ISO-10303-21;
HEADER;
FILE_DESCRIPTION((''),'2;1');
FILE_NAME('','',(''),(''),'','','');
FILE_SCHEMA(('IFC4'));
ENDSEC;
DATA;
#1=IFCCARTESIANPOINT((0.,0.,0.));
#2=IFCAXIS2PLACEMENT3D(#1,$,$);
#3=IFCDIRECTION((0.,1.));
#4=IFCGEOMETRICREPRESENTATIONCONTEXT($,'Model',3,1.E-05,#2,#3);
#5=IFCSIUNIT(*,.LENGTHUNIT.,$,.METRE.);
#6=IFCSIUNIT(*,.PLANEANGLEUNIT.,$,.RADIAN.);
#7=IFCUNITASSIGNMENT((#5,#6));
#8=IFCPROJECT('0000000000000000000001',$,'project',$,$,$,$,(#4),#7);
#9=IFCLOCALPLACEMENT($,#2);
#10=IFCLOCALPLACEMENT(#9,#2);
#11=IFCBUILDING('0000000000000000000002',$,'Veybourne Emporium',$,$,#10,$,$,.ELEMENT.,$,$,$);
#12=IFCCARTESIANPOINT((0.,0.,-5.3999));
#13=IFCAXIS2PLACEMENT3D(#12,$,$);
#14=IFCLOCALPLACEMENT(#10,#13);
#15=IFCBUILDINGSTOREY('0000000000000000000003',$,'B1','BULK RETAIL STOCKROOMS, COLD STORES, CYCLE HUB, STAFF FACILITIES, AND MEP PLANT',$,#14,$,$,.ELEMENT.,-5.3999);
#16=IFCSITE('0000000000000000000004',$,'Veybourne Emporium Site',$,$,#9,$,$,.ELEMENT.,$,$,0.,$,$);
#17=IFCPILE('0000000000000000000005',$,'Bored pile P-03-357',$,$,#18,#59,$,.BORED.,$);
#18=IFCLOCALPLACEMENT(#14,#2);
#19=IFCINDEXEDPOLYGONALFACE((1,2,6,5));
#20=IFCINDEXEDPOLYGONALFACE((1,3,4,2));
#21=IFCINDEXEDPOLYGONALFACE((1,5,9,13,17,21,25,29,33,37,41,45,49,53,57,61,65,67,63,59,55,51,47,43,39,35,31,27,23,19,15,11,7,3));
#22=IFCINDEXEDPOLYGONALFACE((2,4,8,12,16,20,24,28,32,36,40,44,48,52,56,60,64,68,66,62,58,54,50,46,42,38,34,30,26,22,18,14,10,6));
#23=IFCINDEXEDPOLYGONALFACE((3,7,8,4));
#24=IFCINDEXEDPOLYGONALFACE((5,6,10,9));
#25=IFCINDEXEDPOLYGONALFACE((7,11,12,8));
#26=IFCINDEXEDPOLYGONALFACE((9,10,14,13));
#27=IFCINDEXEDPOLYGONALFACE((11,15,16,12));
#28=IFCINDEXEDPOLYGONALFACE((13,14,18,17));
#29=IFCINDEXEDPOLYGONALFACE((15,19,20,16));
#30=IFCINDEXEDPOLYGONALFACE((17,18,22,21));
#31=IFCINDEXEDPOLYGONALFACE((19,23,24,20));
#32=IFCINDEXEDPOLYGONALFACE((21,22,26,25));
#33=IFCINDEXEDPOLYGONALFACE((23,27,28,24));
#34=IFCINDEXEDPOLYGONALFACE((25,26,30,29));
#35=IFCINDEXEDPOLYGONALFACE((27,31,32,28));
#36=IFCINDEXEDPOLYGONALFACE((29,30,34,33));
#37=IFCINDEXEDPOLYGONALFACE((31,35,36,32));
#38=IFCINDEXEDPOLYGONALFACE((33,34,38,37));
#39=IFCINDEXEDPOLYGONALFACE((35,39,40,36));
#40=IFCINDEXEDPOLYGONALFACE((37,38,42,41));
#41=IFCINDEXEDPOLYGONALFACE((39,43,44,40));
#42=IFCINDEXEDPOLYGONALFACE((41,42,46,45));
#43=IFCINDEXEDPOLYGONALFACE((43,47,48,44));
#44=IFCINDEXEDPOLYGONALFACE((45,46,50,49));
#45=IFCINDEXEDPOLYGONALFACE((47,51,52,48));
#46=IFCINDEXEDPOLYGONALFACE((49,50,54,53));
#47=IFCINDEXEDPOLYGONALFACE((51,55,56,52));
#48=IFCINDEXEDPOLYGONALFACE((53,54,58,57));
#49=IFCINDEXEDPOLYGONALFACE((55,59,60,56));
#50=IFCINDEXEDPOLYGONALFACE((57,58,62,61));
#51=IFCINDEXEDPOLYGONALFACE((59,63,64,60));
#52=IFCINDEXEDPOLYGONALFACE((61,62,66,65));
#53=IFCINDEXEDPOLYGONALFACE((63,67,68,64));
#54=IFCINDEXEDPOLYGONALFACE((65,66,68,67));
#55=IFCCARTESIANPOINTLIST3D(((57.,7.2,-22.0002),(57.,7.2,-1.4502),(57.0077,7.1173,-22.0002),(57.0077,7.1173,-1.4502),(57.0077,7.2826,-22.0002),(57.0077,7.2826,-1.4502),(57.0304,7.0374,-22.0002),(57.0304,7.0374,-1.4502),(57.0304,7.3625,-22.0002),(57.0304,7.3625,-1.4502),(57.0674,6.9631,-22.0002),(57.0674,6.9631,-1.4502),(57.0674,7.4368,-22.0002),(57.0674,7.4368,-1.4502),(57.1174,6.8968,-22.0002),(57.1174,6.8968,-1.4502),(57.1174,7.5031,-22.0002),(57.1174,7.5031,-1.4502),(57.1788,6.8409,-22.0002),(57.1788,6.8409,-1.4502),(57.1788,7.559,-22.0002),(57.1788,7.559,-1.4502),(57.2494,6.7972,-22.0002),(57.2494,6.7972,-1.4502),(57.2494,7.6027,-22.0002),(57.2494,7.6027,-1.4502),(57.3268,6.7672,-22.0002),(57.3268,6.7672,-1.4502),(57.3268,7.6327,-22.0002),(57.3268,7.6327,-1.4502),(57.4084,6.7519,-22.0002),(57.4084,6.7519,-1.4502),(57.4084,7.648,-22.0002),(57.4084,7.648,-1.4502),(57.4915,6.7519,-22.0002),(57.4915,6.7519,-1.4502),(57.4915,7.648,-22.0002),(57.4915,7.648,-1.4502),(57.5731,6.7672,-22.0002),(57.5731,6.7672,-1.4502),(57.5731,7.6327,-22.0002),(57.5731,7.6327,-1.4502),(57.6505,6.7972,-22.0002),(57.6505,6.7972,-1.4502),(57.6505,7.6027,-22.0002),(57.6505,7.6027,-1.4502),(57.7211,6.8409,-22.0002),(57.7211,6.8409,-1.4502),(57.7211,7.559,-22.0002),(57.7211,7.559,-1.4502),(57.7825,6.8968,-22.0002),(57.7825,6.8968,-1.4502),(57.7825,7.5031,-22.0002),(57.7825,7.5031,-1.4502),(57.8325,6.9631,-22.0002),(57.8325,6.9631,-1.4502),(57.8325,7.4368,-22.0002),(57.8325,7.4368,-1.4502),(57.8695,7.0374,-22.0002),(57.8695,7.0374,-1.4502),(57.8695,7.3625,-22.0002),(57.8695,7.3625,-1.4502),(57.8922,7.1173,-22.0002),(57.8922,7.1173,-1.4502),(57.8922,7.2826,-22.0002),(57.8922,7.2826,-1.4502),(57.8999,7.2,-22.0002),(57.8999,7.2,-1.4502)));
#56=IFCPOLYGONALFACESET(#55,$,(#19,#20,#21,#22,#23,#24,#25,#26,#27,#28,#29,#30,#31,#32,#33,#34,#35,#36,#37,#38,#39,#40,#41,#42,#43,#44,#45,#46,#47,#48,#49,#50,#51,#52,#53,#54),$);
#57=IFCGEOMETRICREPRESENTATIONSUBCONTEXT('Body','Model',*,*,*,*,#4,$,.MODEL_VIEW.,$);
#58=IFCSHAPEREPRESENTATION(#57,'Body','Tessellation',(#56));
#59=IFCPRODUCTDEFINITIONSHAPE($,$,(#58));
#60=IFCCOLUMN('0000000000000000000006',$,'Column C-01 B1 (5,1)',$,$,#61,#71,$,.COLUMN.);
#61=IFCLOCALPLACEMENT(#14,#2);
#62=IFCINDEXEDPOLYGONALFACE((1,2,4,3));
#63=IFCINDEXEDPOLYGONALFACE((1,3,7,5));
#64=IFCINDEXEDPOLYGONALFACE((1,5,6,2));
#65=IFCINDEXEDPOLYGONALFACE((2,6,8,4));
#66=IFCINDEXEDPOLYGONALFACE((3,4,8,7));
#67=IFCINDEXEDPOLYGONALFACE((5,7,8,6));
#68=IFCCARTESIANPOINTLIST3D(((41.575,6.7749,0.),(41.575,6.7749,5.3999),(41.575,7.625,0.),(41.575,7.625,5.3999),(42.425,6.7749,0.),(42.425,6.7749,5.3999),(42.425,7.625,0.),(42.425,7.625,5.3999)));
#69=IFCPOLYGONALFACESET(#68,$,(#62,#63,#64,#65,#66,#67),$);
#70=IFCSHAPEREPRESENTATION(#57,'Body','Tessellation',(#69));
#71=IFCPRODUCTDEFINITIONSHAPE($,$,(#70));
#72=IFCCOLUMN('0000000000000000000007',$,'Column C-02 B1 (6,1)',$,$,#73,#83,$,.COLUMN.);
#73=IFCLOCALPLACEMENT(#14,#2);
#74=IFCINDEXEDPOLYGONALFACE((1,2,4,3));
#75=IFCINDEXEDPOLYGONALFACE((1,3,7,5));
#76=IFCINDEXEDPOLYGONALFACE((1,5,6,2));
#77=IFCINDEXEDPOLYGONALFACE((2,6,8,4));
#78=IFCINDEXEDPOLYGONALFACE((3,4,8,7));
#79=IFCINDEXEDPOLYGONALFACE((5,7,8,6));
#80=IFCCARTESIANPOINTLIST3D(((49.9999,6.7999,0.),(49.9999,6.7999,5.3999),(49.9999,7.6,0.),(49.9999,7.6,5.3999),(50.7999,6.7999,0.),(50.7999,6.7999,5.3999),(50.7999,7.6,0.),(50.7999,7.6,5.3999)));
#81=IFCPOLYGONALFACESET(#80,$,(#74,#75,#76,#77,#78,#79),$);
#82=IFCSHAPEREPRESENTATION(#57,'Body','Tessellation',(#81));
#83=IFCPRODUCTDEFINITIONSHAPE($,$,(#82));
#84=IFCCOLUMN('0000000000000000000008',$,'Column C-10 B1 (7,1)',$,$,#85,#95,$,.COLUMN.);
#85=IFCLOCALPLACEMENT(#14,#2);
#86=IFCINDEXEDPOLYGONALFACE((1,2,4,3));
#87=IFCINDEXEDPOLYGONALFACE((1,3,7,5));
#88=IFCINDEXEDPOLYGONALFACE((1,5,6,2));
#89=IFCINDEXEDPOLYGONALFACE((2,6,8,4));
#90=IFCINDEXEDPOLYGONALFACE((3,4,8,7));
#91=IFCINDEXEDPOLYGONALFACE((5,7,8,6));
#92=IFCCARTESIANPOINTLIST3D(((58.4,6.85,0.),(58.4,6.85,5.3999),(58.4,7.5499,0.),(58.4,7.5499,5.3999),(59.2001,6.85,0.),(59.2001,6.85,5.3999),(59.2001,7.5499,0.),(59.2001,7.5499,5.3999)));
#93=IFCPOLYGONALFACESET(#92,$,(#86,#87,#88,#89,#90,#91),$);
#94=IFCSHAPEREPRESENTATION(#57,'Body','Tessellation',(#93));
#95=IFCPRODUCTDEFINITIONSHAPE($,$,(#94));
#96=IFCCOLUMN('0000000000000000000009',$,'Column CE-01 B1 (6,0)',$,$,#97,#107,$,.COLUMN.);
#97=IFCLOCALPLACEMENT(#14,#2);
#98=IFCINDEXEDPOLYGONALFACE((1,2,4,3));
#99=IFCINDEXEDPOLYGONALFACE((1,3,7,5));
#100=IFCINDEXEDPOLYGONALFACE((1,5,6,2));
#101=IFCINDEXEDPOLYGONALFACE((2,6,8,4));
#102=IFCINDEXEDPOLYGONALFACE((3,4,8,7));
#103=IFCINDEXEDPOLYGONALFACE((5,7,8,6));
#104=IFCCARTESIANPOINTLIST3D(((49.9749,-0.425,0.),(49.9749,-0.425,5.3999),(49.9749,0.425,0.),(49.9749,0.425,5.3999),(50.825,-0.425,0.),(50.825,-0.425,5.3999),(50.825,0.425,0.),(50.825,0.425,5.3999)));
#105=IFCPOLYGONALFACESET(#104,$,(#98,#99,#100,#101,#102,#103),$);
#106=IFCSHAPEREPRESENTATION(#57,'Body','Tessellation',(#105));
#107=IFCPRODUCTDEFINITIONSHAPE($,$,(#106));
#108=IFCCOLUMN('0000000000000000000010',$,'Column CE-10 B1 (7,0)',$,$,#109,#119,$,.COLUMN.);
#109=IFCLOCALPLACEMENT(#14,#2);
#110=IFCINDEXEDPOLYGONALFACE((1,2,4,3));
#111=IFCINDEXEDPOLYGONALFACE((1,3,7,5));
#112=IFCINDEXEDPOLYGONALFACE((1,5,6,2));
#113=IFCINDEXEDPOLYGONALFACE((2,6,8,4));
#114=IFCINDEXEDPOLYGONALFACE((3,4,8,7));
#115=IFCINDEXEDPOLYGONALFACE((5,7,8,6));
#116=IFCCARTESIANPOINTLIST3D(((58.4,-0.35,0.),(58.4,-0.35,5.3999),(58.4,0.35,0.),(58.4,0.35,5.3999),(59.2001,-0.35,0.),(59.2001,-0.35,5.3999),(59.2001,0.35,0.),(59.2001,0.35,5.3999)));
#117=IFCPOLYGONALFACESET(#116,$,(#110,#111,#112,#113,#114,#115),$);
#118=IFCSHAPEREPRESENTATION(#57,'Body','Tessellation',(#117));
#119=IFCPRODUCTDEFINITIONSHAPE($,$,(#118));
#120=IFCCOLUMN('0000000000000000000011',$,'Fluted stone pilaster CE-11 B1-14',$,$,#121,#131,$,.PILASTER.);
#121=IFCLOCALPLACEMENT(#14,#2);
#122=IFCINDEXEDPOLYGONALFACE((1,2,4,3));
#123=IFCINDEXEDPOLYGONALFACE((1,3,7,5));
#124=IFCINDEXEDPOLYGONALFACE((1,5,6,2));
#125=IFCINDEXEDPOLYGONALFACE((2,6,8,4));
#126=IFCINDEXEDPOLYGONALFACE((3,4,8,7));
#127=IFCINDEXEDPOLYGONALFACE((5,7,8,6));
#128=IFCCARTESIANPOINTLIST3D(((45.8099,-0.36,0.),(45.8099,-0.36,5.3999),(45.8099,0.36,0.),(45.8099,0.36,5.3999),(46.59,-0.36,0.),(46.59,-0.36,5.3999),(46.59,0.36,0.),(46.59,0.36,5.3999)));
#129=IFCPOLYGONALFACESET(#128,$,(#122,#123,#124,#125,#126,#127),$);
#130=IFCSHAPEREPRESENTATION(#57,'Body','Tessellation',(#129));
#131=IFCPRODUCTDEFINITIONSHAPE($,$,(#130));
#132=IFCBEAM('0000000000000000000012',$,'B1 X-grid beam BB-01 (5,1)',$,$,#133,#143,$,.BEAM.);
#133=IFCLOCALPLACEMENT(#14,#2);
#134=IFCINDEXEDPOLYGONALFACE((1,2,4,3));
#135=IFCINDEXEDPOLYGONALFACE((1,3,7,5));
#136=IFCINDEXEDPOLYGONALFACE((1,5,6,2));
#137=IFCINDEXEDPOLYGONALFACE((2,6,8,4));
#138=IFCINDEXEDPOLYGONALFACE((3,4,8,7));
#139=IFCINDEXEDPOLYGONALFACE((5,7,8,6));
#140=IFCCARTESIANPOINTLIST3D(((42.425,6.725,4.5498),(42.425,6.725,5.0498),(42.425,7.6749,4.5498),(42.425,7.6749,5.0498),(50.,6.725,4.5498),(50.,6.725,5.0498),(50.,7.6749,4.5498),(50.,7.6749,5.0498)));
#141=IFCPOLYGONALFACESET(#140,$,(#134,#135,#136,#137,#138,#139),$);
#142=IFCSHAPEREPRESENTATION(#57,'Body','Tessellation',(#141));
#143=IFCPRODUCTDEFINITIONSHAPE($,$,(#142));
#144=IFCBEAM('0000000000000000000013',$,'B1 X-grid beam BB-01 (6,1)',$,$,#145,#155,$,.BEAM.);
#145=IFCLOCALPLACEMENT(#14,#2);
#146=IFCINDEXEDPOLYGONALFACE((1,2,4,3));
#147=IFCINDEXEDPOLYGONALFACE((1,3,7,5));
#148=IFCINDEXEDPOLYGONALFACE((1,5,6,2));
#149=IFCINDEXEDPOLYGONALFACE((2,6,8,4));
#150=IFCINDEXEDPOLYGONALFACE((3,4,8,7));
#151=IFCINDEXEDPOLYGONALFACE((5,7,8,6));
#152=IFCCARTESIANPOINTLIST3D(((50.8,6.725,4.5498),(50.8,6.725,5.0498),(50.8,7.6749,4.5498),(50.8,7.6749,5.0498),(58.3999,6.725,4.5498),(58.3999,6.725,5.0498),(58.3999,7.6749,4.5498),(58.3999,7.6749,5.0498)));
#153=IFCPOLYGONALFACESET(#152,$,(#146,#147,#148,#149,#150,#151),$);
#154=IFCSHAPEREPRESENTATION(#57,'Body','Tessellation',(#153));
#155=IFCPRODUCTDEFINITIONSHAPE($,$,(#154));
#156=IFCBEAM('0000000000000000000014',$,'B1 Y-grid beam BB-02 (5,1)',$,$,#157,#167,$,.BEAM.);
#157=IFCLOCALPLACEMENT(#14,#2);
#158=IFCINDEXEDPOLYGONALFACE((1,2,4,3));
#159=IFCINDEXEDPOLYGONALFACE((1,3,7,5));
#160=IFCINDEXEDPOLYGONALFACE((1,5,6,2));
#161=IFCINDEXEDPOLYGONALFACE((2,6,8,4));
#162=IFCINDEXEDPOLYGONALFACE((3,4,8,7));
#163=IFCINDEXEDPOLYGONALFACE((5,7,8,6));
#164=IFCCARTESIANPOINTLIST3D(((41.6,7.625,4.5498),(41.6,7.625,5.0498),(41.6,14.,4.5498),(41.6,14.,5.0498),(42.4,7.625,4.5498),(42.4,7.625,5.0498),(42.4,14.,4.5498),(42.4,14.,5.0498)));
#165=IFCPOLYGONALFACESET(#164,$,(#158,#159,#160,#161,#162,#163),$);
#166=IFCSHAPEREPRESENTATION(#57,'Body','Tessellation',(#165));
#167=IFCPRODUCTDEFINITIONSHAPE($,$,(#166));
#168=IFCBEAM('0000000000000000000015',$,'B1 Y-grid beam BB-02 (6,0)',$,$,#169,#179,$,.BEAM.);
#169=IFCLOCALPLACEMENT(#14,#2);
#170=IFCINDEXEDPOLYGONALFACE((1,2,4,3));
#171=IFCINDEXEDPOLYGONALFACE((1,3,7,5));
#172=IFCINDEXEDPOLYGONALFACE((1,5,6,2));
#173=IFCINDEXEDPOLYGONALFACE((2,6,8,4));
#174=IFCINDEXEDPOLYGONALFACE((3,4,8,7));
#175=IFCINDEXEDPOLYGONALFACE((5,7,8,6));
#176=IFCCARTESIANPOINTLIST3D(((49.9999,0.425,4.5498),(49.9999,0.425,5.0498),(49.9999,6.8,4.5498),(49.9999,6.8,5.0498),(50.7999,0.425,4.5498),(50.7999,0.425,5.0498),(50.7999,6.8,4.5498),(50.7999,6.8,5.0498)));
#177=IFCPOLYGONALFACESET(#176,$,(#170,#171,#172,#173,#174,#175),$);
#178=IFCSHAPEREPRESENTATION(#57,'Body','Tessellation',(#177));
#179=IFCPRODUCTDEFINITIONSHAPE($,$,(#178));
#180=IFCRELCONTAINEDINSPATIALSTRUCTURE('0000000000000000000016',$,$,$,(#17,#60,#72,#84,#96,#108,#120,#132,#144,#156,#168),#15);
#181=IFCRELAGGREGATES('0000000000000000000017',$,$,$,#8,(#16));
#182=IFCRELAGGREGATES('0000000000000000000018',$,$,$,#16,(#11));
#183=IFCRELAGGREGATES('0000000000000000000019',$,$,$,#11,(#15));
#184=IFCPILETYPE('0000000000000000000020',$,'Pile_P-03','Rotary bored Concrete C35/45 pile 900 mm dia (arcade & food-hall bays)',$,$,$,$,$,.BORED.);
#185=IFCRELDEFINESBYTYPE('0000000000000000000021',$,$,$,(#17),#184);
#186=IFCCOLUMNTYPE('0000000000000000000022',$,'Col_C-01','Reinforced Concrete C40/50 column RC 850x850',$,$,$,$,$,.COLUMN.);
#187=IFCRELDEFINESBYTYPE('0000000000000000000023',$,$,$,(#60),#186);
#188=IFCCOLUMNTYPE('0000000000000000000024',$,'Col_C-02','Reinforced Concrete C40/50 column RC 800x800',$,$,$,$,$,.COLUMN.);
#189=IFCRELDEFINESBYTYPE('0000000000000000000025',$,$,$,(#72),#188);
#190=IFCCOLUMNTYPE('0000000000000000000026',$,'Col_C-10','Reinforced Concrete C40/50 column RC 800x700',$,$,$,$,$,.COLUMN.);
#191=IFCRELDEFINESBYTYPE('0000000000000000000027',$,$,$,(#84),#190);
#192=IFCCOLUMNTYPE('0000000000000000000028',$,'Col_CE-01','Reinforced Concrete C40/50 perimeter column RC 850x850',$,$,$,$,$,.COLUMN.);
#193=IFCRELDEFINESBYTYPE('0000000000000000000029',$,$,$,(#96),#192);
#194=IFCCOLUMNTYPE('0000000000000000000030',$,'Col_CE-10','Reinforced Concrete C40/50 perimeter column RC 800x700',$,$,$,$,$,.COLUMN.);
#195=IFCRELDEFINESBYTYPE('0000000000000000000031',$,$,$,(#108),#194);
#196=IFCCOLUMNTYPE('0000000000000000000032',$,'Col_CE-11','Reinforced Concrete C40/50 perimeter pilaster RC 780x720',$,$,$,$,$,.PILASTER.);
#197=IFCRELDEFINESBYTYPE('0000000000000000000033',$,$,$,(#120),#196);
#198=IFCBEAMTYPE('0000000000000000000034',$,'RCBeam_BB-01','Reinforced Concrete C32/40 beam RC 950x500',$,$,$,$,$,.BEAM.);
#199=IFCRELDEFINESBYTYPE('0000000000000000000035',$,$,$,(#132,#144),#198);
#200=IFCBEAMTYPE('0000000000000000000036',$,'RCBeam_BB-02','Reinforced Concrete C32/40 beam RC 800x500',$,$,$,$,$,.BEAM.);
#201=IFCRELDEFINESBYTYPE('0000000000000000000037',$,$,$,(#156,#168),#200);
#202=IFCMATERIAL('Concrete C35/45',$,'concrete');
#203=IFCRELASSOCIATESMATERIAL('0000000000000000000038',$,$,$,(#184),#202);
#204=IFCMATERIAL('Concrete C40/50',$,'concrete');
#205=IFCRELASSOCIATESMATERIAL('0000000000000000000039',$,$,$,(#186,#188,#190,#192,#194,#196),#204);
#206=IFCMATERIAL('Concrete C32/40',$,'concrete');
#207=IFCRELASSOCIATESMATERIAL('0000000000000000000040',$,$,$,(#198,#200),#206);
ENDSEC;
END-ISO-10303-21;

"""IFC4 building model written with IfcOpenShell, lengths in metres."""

from ifc_helpers import new_model, si_unit, direction, frame, origin, origin_2d, place, context, subcontext, project, spatial, rectangle, circle, extrude, material, material_profile, profile_set, type_object, element, save


model = new_model("IFC4")

# Units and contexts
model_context = context("Model", 3, precision=1e-05, world=origin(), true_north=direction((0.0, 1.0)))
body_context = subcontext(model_context, "Body", "Model", "MODEL_VIEW")
ifc_project = project(units=[si_unit("LENGTHUNIT", "METRE"), si_unit("PLANEANGLEUNIT", "RADIAN")], contexts=[model_context])

# Site, building, storey
site_placement = place(None, origin())
site = spatial("IfcSite", under=ifc_project, at=site_placement, Name="Veybourne Emporium Site", CompositionType="ELEMENT", RefElevation=0.0)
building_placement = place(site_placement, origin())
building = spatial("IfcBuilding", under=site, at=building_placement, Name="Veybourne Emporium", CompositionType="ELEMENT")
storey_placement = place(building_placement, frame((0.0, 0.0, -5.3999)))
storey = spatial("IfcBuildingStorey", under=building, at=storey_placement, Name="B1", Description="BULK RETAIL STOCKROOMS, COLD STORES, CYCLE HUB, STAFF FACILITIES, AND MEP PLANT", CompositionType="ELEMENT", Elevation=-5.3999)

# Shared definitions
ifc_material_1 = material(Name="Concrete C35/45", Category="concrete")

# Pile
ifc_material_profile_1 = material_profile(ifc_material_1, circle(Radius=0.45, at=origin_2d()), Name="BORED PILE 900")
ifc_profile_set_1 = profile_set([ifc_material_profile_1], Name="Concrete C35/45")
pile_type_1 = type_object("IfcPileType", Name="Pile_P-03", Description="Rotary bored Concrete C35/45 pile 900 mm dia (arcade & food-hall bays)", PredefinedType="BORED", material=ifc_profile_set_1)
for number, where, z_axis, x_axis, name in (
    (1, (57.45, 7.2, -1.4502), (0.0, 0.0, -1.0), (1.0, 0.0, 0.0), "Bored pile P-03-357"),
):
    element("IfcPile", number, at=place(storey_placement, frame(where, z_axis=z_axis, x_axis=x_axis)), inside=storey, type_object=pile_type_1, Name=name, PredefinedType="BORED", context=body_context, shape_type="SweptSolid", body=[
        extrude(circle(Radius=0.45, at=origin_2d()), origin(), (0.0, 0.0, 1.0), 20.55),
    ])

# Columns
ifc_material_2 = material(Name="Concrete C40/50", Category="concrete")
ifc_material_profile_2 = material_profile(ifc_material_2, rectangle(XDim=0.8501, YDim=0.8501, at=origin_2d()), Name="RC 850x850")
ifc_profile_set_2 = profile_set([ifc_material_profile_2], Name="Concrete C40/50")
column_type_1 = type_object("IfcColumnType", Name="Col_C-01", Description="Reinforced Concrete C40/50 column RC 850x850", PredefinedType="COLUMN", material=ifc_profile_set_2)
column_1_placement = place(storey_placement, frame((42.0, 7.2, 0.0), z_axis=(0.0, 0.0, 1.0), x_axis=(1.0, 0.0, 0.0)))
element("IfcColumn", 2, at=column_1_placement, inside=storey, type_object=column_type_1, Name="Column C-01 B1 (5,1)", PredefinedType="COLUMN", context=body_context, shape_type="SweptSolid", body=[
    extrude(rectangle(XDim=0.8501, YDim=0.8501, at=origin_2d()), origin(), (0.0, 0.0, 1.0), 5.3999),
])
ifc_material_profile_3 = material_profile(ifc_material_2, rectangle(XDim=0.8, YDim=0.8, at=origin_2d()), Name="RC 800x800")
ifc_profile_set_3 = profile_set([ifc_material_profile_3], Name="Concrete C40/50")
column_type_2 = type_object("IfcColumnType", Name="Col_C-02", Description="Reinforced Concrete C40/50 column RC 800x800", PredefinedType="COLUMN", material=ifc_profile_set_3)
column_2_placement = place(storey_placement, frame((50.3999, 7.2, 0.0), z_axis=(0.0, 0.0, 1.0), x_axis=(1.0, 0.0, 0.0)))
element("IfcColumn", 3, at=column_2_placement, inside=storey, type_object=column_type_2, Name="Column C-02 B1 (6,1)", PredefinedType="COLUMN", context=body_context, shape_type="SweptSolid", body=[
    extrude(rectangle(XDim=0.8, YDim=0.8, at=origin_2d()), origin(), (0.0, 0.0, 1.0), 5.3999),
])
ifc_material_profile_4 = material_profile(ifc_material_2, rectangle(XDim=0.8, YDim=0.7, at=origin_2d()), Name="RC 800x700")
ifc_profile_set_4 = profile_set([ifc_material_profile_4], Name="Concrete C40/50")
column_type_3 = type_object("IfcColumnType", Name="Col_C-10", Description="Reinforced Concrete C40/50 column RC 800x700", PredefinedType="COLUMN", material=ifc_profile_set_4)
column_3_placement = place(storey_placement, frame((58.8, 7.2, 0.0), z_axis=(0.0, 0.0, 1.0), x_axis=(1.0, 0.0, 0.0)))
element("IfcColumn", 4, at=column_3_placement, inside=storey, type_object=column_type_3, Name="Column C-10 B1 (7,1)", PredefinedType="COLUMN", context=body_context, shape_type="SweptSolid", body=[
    extrude(rectangle(XDim=0.8, YDim=0.7, at=origin_2d()), origin(), (0.0, 0.0, 1.0), 5.3999),
])
ifc_material_profile_5 = material_profile(ifc_material_2, rectangle(XDim=0.8501, YDim=0.8501, at=origin_2d()), Name="RC 850x850")
ifc_profile_set_5 = profile_set([ifc_material_profile_5], Name="Concrete C40/50")
column_type_4 = type_object("IfcColumnType", Name="Col_CE-01", Description="Reinforced Concrete C40/50 perimeter column RC 850x850", PredefinedType="COLUMN", material=ifc_profile_set_5)
column_4_placement = place(storey_placement, frame((50.3999, 0.0, 0.0), z_axis=(0.0, 0.0, 1.0), x_axis=(1.0, 0.0, 0.0)))
element("IfcColumn", 5, at=column_4_placement, inside=storey, type_object=column_type_4, Name="Column CE-01 B1 (6,0)", PredefinedType="COLUMN", context=body_context, shape_type="SweptSolid", body=[
    extrude(rectangle(XDim=0.8501, YDim=0.8501, at=origin_2d()), origin(), (0.0, 0.0, 1.0), 5.3999),
])
ifc_material_profile_6 = material_profile(ifc_material_2, rectangle(XDim=0.8, YDim=0.7, at=origin_2d()), Name="RC 800x700")
ifc_profile_set_6 = profile_set([ifc_material_profile_6], Name="Concrete C40/50")
column_type_5 = type_object("IfcColumnType", Name="Col_CE-10", Description="Reinforced Concrete C40/50 perimeter column RC 800x700", PredefinedType="COLUMN", material=ifc_profile_set_6)
column_5_placement = place(storey_placement, frame((58.8, 0.0, 0.0), z_axis=(0.0, 0.0, 1.0), x_axis=(1.0, 0.0, 0.0)))
element("IfcColumn", 6, at=column_5_placement, inside=storey, type_object=column_type_5, Name="Column CE-10 B1 (7,0)", PredefinedType="COLUMN", context=body_context, shape_type="SweptSolid", body=[
    extrude(rectangle(XDim=0.8, YDim=0.7, at=origin_2d()), origin(), (0.0, 0.0, 1.0), 5.3999),
])
ifc_material_profile_7 = material_profile(ifc_material_2, rectangle(XDim=0.78, YDim=0.72, at=origin_2d()), Name="RC 780x720")
ifc_profile_set_7 = profile_set([ifc_material_profile_7], Name="Concrete C40/50")
column_type_6 = type_object("IfcColumnType", Name="Col_CE-11", Description="Reinforced Concrete C40/50 perimeter pilaster RC 780x720", PredefinedType="PILASTER", material=ifc_profile_set_7)
column_6_placement = place(storey_placement, frame((46.2, 0.0, 0.0), z_axis=(0.0, 0.0, 1.0), x_axis=(1.0, 0.0, 0.0)))
element("IfcColumn", 7, at=column_6_placement, inside=storey, type_object=column_type_6, Name="Fluted stone pilaster CE-11 B1-14", PredefinedType="PILASTER", context=body_context, shape_type="SweptSolid", body=[
    extrude(rectangle(XDim=0.78, YDim=0.72, at=origin_2d()), origin(), (0.0, 0.0, 1.0), 5.3999),
])

# Beams
ifc_material_3 = material(Name="Concrete C32/40", Category="concrete")
ifc_material_profile_8 = material_profile(ifc_material_3, rectangle(XDim=0.95, YDim=0.5, at=origin_2d()), Name="RC 950x500")
ifc_profile_set_8 = profile_set([ifc_material_profile_8], Name="Concrete C32/40")
beam_type_1 = type_object("IfcBeamType", Name="RCBeam_BB-01", Description="Reinforced Concrete C32/40 beam RC 950x500", PredefinedType="BEAM", material=ifc_profile_set_8)
beam_1_placement = place(storey_placement, frame((42.425, 7.2, 4.7998), z_axis=(1.0, 0.0, 0.0), x_axis=(0.0, 1.0, 0.0)))
element("IfcBeam", 8, at=beam_1_placement, inside=storey, type_object=beam_type_1, Name="B1 X-grid beam BB-01 (5,1)", PredefinedType="BEAM", context=body_context, shape_type="SweptSolid", body=[
    extrude(rectangle(XDim=0.95, YDim=0.5, at=origin_2d()), origin(), (0.0, 0.0, 1.0), 7.575),
])
beam_2_placement = place(storey_placement, frame((50.8, 7.2, 4.7998), z_axis=(1.0, 0.0, 0.0), x_axis=(0.0, 1.0, 0.0)))
element("IfcBeam", 9, at=beam_2_placement, inside=storey, type_object=beam_type_1, Name="B1 X-grid beam BB-01 (6,1)", PredefinedType="BEAM", context=body_context, shape_type="SweptSolid", body=[
    extrude(rectangle(XDim=0.95, YDim=0.5, at=origin_2d()), origin(), (0.0, 0.0, 1.0), 7.5999),
])
ifc_material_profile_9 = material_profile(ifc_material_3, rectangle(XDim=0.8, YDim=0.5, at=origin_2d()), Name="RC 800x500")
ifc_profile_set_9 = profile_set([ifc_material_profile_9], Name="Concrete C32/40")
beam_type_2 = type_object("IfcBeamType", Name="RCBeam_BB-02", Description="Reinforced Concrete C32/40 beam RC 800x500", PredefinedType="BEAM", material=ifc_profile_set_9)
for number, where, z_axis, x_axis, name in (
    (10, (42.0, 7.625, 4.7998), (0.0, 1.0, 0.0), (-1.0, 0.0, 0.0), "B1 Y-grid beam BB-02 (5,1)"),
    (11, (50.3999, 0.425, 4.7998), (0.0, 1.0, 0.0), (-1.0, 0.0, 0.0), "B1 Y-grid beam BB-02 (6,0)"),
):
    element("IfcBeam", number, at=place(storey_placement, frame(where, z_axis=z_axis, x_axis=x_axis)), inside=storey, type_object=beam_type_2, Name=name, PredefinedType="BEAM", context=body_context, shape_type="SweptSolid", body=[
        extrude(rectangle(XDim=0.8, YDim=0.5, at=origin_2d()), origin(), (0.0, 0.0, 1.0), 6.375),
    ])

save(model, "model.ifc")
